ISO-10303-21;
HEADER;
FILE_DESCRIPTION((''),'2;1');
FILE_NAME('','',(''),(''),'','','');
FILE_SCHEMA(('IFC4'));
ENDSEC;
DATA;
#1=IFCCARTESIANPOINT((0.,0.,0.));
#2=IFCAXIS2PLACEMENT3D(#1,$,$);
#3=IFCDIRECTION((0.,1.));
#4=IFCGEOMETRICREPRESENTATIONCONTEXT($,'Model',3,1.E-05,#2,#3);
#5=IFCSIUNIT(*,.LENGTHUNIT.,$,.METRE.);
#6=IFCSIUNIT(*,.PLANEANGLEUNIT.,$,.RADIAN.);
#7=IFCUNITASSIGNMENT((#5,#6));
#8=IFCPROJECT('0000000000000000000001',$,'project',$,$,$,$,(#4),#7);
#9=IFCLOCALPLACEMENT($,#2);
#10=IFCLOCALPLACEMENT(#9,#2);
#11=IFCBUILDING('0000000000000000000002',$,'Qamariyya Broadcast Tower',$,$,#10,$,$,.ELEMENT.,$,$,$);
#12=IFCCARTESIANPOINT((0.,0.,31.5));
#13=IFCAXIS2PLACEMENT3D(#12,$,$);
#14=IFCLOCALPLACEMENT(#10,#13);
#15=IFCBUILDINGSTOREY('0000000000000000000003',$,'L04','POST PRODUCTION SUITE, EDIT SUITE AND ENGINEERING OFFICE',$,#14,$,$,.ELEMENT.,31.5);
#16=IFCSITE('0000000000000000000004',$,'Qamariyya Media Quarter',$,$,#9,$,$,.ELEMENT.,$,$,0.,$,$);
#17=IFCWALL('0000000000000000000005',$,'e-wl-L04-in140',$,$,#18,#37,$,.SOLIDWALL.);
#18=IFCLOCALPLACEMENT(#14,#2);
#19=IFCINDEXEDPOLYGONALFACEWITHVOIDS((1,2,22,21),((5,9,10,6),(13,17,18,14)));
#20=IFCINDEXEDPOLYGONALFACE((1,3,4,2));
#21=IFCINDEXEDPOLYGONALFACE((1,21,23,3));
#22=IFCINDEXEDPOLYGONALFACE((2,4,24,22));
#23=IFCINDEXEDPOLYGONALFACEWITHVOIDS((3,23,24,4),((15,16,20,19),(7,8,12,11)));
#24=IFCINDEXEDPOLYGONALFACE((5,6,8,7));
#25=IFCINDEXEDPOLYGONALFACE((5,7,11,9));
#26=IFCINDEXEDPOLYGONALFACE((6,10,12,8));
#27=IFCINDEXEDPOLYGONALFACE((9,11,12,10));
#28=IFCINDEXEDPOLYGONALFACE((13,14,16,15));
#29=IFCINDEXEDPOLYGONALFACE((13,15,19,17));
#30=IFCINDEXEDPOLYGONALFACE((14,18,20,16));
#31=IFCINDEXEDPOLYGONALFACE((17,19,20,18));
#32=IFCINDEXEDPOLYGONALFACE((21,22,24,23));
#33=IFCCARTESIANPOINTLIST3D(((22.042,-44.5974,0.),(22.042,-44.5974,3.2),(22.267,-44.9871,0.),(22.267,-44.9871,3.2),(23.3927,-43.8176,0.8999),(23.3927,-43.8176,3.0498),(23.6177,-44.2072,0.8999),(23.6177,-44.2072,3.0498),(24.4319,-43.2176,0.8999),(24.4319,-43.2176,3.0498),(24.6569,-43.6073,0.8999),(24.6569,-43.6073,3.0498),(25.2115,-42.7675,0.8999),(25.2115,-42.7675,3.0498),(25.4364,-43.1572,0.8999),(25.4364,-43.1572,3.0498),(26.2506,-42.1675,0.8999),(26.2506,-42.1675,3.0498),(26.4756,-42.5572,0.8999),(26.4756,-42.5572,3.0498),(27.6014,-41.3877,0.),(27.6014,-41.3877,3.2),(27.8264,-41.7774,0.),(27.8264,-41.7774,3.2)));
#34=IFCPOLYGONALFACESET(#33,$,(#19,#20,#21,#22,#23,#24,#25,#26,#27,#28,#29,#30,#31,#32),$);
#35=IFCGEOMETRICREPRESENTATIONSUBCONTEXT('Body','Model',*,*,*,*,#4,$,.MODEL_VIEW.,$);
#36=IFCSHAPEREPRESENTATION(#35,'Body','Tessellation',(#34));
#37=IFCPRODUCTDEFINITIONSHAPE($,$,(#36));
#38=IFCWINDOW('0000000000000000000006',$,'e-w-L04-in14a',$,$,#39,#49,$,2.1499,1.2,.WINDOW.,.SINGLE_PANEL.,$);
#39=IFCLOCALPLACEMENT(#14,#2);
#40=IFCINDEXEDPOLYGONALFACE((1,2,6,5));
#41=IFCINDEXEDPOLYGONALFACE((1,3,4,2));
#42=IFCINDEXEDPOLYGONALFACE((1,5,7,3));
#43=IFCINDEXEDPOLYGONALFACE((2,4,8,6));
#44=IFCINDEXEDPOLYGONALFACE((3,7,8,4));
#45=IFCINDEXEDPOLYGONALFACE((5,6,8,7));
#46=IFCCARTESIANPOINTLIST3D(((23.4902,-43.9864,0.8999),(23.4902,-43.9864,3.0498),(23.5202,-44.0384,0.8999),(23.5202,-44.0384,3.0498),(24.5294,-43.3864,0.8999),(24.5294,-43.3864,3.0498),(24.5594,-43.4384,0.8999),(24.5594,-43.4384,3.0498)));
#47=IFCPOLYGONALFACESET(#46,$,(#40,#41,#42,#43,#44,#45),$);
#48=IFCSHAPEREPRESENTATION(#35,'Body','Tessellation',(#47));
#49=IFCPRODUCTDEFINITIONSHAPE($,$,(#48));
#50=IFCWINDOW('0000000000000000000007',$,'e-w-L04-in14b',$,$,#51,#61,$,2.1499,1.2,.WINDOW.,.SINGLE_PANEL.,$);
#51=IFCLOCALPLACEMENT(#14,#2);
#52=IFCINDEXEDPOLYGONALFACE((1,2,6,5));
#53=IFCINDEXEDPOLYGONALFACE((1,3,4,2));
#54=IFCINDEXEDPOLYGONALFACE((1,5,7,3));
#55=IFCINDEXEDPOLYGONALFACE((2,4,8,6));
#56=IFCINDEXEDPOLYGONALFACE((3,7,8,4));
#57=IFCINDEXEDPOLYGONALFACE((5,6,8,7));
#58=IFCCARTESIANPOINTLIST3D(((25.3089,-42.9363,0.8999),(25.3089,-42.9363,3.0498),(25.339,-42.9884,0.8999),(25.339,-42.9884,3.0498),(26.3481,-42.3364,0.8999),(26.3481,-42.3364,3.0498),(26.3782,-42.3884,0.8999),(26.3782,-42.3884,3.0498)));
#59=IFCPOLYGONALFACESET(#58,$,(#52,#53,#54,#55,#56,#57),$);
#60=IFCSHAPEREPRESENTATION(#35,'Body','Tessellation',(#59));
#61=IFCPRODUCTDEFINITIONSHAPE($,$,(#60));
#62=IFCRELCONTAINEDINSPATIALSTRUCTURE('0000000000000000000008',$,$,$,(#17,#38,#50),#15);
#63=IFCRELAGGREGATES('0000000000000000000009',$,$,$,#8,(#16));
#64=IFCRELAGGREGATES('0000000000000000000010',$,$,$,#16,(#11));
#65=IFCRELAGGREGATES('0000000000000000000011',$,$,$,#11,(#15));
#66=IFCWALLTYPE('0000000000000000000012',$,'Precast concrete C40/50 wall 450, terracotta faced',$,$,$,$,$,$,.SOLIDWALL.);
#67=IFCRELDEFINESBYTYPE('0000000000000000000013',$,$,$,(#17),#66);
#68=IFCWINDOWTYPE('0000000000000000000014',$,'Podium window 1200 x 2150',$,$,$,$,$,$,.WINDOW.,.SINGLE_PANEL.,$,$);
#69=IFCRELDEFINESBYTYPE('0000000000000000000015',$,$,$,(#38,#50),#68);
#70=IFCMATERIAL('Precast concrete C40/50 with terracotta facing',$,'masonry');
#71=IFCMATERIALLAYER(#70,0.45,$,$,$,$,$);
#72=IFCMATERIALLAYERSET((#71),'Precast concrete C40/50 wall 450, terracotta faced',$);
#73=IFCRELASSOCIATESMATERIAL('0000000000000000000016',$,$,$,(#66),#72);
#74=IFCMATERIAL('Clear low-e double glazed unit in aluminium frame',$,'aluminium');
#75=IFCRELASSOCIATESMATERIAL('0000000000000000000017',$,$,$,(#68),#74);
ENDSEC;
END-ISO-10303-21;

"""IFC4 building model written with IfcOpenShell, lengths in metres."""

from ifc_helpers import new_model, si_unit, direction, frame, frame_2d, origin, place, context, subcontext, project, spatial, rectangle, extrude, material, layer, layer_set, type_object, element, fill, save


model = new_model("IFC4")

# Units and contexts
model_context = context("Model", 3, precision=1e-05, world=origin(), true_north=direction((0.0, 1.0)))
body_context = subcontext(model_context, "Body", "Model", "MODEL_VIEW")
ifc_project = project(units=[si_unit("LENGTHUNIT", "METRE"), si_unit("PLANEANGLEUNIT", "RADIAN")], contexts=[model_context])

# Site, building, storey
site_placement = place(None, origin())
site = spatial("IfcSite", under=ifc_project, at=site_placement, Name="Qamariyya Media Quarter", CompositionType="ELEMENT", RefElevation=0.0)
building_placement = place(site_placement, origin())
building = spatial("IfcBuilding", under=site, at=building_placement, Name="Qamariyya Broadcast Tower", CompositionType="ELEMENT")
storey_placement = place(building_placement, frame((0.0, 0.0, 31.5)))
storey = spatial("IfcBuildingStorey", under=building, at=storey_placement, Name="L04", Description="POST PRODUCTION SUITE, EDIT SUITE AND ENGINEERING OFFICE", CompositionType="ELEMENT", Elevation=31.5)

# Wall, openings, windows
ifc_material_1 = material(Name="Precast concrete C40/50 with terracotta facing", Category="masonry")
ifc_layer_1 = layer(ifc_material_1, 0.45)
ifc_layer_set_1 = layer_set([ifc_layer_1], Name="Precast concrete C40/50 wall 450, terracotta faced")
wall_type_1 = type_object("IfcWallType", Name="Precast concrete C40/50 wall 450, terracotta faced", PredefinedType="SOLIDWALL", material=ifc_layer_set_1)
ifc_material_2 = material(Name="Clear low-e double glazed unit in aluminium frame", Category="aluminium")
window_type = type_object("IfcWindowType", Name="Podium window 1200 x 2150", PartitioningType="SINGLE_PANEL", PredefinedType="WINDOW", material=ifc_material_2)
wall_1_placement = place(storey_placement, frame((27.7139, -41.5825, 0.0), z_axis=(0.0, 0.0, 1.0), x_axis=(-0.866023, -0.500004, 0.0)))
wall_1 = element("IfcWall", 1, at=wall_1_placement, inside=storey, type_object=wall_type_1, Name="e-wl-L04-in140", PredefinedType="SOLIDWALL", context=body_context, shape_type="SweptSolid", body=[
    extrude(rectangle(XDim=6.4194, YDim=0.45, at=frame_2d((3.2097, 0.0))), origin(), (0.0, 0.0, 1.0), 3.2),
])
opening_1_placement = place(wall_1_placement, frame((3.6597, 0.0, 0.8999)))
opening_1 = element("IfcOpeningElement", 2, at=opening_1_placement, cuts=wall_1, PredefinedType="OPENING", context=body_context, shape_type="SweptSolid", body=[
    extrude(rectangle(XDim=1.2, YDim=2.1499, at=frame_2d((0.6001, 1.075))), frame((0.0, 0.2349, 0.0), z_axis=(0.0, -1.0, 0.0), x_axis=(1.0, 0.0, 0.0)), (0.0, 0.0, 1.0), 0.47),
])
opening_2_placement = place(wall_1_placement, frame((1.5596, 0.0, 0.8999)))
opening_2 = element("IfcOpeningElement", 3, at=opening_2_placement, cuts=wall_1, PredefinedType="OPENING", context=body_context, shape_type="SweptSolid", body=[
    extrude(rectangle(XDim=1.2, YDim=2.1499, at=frame_2d((0.6001, 1.075))), frame((0.0, 0.2349, 0.0), z_axis=(0.0, -1.0, 0.0), x_axis=(1.0, 0.0, 0.0)), (0.0, 0.0, 1.0), 0.47),
])
window_1_placement = place(opening_1_placement, origin())
window_1 = element("IfcWindow", 4, at=window_1_placement, inside=storey, type_object=window_type, Name="e-w-L04-in14a", OverallHeight=2.1499, OverallWidth=1.2, PartitioningType="SINGLE_PANEL", PredefinedType="WINDOW", context=body_context, shape_type="SweptSolid", body=[
    extrude(rectangle(XDim=1.2, YDim=2.1499, at=frame_2d((0.6001, 1.075))), frame((0.0, 0.03, 0.0), z_axis=(0.0, -1.0, 0.0), x_axis=(1.0, 0.0, 0.0)), (0.0, 0.0, 1.0), 0.0601),
])
fill(opening_1, window_1)
window_2_placement = place(opening_2_placement, origin())
window_2 = element("IfcWindow", 5, at=window_2_placement, inside=storey, type_object=window_type, Name="e-w-L04-in14b", OverallHeight=2.1499, OverallWidth=1.2, PartitioningType="SINGLE_PANEL", PredefinedType="WINDOW", context=body_context, shape_type="SweptSolid", body=[
    extrude(rectangle(XDim=1.2, YDim=2.1499, at=frame_2d((0.6001, 1.075))), frame((0.0, 0.03, 0.0), z_axis=(0.0, -1.0, 0.0), x_axis=(1.0, 0.0, 0.0)), (0.0, 0.0, 1.0), 0.0601),
])
fill(opening_2, window_2)

save(model, "model.ifc")
